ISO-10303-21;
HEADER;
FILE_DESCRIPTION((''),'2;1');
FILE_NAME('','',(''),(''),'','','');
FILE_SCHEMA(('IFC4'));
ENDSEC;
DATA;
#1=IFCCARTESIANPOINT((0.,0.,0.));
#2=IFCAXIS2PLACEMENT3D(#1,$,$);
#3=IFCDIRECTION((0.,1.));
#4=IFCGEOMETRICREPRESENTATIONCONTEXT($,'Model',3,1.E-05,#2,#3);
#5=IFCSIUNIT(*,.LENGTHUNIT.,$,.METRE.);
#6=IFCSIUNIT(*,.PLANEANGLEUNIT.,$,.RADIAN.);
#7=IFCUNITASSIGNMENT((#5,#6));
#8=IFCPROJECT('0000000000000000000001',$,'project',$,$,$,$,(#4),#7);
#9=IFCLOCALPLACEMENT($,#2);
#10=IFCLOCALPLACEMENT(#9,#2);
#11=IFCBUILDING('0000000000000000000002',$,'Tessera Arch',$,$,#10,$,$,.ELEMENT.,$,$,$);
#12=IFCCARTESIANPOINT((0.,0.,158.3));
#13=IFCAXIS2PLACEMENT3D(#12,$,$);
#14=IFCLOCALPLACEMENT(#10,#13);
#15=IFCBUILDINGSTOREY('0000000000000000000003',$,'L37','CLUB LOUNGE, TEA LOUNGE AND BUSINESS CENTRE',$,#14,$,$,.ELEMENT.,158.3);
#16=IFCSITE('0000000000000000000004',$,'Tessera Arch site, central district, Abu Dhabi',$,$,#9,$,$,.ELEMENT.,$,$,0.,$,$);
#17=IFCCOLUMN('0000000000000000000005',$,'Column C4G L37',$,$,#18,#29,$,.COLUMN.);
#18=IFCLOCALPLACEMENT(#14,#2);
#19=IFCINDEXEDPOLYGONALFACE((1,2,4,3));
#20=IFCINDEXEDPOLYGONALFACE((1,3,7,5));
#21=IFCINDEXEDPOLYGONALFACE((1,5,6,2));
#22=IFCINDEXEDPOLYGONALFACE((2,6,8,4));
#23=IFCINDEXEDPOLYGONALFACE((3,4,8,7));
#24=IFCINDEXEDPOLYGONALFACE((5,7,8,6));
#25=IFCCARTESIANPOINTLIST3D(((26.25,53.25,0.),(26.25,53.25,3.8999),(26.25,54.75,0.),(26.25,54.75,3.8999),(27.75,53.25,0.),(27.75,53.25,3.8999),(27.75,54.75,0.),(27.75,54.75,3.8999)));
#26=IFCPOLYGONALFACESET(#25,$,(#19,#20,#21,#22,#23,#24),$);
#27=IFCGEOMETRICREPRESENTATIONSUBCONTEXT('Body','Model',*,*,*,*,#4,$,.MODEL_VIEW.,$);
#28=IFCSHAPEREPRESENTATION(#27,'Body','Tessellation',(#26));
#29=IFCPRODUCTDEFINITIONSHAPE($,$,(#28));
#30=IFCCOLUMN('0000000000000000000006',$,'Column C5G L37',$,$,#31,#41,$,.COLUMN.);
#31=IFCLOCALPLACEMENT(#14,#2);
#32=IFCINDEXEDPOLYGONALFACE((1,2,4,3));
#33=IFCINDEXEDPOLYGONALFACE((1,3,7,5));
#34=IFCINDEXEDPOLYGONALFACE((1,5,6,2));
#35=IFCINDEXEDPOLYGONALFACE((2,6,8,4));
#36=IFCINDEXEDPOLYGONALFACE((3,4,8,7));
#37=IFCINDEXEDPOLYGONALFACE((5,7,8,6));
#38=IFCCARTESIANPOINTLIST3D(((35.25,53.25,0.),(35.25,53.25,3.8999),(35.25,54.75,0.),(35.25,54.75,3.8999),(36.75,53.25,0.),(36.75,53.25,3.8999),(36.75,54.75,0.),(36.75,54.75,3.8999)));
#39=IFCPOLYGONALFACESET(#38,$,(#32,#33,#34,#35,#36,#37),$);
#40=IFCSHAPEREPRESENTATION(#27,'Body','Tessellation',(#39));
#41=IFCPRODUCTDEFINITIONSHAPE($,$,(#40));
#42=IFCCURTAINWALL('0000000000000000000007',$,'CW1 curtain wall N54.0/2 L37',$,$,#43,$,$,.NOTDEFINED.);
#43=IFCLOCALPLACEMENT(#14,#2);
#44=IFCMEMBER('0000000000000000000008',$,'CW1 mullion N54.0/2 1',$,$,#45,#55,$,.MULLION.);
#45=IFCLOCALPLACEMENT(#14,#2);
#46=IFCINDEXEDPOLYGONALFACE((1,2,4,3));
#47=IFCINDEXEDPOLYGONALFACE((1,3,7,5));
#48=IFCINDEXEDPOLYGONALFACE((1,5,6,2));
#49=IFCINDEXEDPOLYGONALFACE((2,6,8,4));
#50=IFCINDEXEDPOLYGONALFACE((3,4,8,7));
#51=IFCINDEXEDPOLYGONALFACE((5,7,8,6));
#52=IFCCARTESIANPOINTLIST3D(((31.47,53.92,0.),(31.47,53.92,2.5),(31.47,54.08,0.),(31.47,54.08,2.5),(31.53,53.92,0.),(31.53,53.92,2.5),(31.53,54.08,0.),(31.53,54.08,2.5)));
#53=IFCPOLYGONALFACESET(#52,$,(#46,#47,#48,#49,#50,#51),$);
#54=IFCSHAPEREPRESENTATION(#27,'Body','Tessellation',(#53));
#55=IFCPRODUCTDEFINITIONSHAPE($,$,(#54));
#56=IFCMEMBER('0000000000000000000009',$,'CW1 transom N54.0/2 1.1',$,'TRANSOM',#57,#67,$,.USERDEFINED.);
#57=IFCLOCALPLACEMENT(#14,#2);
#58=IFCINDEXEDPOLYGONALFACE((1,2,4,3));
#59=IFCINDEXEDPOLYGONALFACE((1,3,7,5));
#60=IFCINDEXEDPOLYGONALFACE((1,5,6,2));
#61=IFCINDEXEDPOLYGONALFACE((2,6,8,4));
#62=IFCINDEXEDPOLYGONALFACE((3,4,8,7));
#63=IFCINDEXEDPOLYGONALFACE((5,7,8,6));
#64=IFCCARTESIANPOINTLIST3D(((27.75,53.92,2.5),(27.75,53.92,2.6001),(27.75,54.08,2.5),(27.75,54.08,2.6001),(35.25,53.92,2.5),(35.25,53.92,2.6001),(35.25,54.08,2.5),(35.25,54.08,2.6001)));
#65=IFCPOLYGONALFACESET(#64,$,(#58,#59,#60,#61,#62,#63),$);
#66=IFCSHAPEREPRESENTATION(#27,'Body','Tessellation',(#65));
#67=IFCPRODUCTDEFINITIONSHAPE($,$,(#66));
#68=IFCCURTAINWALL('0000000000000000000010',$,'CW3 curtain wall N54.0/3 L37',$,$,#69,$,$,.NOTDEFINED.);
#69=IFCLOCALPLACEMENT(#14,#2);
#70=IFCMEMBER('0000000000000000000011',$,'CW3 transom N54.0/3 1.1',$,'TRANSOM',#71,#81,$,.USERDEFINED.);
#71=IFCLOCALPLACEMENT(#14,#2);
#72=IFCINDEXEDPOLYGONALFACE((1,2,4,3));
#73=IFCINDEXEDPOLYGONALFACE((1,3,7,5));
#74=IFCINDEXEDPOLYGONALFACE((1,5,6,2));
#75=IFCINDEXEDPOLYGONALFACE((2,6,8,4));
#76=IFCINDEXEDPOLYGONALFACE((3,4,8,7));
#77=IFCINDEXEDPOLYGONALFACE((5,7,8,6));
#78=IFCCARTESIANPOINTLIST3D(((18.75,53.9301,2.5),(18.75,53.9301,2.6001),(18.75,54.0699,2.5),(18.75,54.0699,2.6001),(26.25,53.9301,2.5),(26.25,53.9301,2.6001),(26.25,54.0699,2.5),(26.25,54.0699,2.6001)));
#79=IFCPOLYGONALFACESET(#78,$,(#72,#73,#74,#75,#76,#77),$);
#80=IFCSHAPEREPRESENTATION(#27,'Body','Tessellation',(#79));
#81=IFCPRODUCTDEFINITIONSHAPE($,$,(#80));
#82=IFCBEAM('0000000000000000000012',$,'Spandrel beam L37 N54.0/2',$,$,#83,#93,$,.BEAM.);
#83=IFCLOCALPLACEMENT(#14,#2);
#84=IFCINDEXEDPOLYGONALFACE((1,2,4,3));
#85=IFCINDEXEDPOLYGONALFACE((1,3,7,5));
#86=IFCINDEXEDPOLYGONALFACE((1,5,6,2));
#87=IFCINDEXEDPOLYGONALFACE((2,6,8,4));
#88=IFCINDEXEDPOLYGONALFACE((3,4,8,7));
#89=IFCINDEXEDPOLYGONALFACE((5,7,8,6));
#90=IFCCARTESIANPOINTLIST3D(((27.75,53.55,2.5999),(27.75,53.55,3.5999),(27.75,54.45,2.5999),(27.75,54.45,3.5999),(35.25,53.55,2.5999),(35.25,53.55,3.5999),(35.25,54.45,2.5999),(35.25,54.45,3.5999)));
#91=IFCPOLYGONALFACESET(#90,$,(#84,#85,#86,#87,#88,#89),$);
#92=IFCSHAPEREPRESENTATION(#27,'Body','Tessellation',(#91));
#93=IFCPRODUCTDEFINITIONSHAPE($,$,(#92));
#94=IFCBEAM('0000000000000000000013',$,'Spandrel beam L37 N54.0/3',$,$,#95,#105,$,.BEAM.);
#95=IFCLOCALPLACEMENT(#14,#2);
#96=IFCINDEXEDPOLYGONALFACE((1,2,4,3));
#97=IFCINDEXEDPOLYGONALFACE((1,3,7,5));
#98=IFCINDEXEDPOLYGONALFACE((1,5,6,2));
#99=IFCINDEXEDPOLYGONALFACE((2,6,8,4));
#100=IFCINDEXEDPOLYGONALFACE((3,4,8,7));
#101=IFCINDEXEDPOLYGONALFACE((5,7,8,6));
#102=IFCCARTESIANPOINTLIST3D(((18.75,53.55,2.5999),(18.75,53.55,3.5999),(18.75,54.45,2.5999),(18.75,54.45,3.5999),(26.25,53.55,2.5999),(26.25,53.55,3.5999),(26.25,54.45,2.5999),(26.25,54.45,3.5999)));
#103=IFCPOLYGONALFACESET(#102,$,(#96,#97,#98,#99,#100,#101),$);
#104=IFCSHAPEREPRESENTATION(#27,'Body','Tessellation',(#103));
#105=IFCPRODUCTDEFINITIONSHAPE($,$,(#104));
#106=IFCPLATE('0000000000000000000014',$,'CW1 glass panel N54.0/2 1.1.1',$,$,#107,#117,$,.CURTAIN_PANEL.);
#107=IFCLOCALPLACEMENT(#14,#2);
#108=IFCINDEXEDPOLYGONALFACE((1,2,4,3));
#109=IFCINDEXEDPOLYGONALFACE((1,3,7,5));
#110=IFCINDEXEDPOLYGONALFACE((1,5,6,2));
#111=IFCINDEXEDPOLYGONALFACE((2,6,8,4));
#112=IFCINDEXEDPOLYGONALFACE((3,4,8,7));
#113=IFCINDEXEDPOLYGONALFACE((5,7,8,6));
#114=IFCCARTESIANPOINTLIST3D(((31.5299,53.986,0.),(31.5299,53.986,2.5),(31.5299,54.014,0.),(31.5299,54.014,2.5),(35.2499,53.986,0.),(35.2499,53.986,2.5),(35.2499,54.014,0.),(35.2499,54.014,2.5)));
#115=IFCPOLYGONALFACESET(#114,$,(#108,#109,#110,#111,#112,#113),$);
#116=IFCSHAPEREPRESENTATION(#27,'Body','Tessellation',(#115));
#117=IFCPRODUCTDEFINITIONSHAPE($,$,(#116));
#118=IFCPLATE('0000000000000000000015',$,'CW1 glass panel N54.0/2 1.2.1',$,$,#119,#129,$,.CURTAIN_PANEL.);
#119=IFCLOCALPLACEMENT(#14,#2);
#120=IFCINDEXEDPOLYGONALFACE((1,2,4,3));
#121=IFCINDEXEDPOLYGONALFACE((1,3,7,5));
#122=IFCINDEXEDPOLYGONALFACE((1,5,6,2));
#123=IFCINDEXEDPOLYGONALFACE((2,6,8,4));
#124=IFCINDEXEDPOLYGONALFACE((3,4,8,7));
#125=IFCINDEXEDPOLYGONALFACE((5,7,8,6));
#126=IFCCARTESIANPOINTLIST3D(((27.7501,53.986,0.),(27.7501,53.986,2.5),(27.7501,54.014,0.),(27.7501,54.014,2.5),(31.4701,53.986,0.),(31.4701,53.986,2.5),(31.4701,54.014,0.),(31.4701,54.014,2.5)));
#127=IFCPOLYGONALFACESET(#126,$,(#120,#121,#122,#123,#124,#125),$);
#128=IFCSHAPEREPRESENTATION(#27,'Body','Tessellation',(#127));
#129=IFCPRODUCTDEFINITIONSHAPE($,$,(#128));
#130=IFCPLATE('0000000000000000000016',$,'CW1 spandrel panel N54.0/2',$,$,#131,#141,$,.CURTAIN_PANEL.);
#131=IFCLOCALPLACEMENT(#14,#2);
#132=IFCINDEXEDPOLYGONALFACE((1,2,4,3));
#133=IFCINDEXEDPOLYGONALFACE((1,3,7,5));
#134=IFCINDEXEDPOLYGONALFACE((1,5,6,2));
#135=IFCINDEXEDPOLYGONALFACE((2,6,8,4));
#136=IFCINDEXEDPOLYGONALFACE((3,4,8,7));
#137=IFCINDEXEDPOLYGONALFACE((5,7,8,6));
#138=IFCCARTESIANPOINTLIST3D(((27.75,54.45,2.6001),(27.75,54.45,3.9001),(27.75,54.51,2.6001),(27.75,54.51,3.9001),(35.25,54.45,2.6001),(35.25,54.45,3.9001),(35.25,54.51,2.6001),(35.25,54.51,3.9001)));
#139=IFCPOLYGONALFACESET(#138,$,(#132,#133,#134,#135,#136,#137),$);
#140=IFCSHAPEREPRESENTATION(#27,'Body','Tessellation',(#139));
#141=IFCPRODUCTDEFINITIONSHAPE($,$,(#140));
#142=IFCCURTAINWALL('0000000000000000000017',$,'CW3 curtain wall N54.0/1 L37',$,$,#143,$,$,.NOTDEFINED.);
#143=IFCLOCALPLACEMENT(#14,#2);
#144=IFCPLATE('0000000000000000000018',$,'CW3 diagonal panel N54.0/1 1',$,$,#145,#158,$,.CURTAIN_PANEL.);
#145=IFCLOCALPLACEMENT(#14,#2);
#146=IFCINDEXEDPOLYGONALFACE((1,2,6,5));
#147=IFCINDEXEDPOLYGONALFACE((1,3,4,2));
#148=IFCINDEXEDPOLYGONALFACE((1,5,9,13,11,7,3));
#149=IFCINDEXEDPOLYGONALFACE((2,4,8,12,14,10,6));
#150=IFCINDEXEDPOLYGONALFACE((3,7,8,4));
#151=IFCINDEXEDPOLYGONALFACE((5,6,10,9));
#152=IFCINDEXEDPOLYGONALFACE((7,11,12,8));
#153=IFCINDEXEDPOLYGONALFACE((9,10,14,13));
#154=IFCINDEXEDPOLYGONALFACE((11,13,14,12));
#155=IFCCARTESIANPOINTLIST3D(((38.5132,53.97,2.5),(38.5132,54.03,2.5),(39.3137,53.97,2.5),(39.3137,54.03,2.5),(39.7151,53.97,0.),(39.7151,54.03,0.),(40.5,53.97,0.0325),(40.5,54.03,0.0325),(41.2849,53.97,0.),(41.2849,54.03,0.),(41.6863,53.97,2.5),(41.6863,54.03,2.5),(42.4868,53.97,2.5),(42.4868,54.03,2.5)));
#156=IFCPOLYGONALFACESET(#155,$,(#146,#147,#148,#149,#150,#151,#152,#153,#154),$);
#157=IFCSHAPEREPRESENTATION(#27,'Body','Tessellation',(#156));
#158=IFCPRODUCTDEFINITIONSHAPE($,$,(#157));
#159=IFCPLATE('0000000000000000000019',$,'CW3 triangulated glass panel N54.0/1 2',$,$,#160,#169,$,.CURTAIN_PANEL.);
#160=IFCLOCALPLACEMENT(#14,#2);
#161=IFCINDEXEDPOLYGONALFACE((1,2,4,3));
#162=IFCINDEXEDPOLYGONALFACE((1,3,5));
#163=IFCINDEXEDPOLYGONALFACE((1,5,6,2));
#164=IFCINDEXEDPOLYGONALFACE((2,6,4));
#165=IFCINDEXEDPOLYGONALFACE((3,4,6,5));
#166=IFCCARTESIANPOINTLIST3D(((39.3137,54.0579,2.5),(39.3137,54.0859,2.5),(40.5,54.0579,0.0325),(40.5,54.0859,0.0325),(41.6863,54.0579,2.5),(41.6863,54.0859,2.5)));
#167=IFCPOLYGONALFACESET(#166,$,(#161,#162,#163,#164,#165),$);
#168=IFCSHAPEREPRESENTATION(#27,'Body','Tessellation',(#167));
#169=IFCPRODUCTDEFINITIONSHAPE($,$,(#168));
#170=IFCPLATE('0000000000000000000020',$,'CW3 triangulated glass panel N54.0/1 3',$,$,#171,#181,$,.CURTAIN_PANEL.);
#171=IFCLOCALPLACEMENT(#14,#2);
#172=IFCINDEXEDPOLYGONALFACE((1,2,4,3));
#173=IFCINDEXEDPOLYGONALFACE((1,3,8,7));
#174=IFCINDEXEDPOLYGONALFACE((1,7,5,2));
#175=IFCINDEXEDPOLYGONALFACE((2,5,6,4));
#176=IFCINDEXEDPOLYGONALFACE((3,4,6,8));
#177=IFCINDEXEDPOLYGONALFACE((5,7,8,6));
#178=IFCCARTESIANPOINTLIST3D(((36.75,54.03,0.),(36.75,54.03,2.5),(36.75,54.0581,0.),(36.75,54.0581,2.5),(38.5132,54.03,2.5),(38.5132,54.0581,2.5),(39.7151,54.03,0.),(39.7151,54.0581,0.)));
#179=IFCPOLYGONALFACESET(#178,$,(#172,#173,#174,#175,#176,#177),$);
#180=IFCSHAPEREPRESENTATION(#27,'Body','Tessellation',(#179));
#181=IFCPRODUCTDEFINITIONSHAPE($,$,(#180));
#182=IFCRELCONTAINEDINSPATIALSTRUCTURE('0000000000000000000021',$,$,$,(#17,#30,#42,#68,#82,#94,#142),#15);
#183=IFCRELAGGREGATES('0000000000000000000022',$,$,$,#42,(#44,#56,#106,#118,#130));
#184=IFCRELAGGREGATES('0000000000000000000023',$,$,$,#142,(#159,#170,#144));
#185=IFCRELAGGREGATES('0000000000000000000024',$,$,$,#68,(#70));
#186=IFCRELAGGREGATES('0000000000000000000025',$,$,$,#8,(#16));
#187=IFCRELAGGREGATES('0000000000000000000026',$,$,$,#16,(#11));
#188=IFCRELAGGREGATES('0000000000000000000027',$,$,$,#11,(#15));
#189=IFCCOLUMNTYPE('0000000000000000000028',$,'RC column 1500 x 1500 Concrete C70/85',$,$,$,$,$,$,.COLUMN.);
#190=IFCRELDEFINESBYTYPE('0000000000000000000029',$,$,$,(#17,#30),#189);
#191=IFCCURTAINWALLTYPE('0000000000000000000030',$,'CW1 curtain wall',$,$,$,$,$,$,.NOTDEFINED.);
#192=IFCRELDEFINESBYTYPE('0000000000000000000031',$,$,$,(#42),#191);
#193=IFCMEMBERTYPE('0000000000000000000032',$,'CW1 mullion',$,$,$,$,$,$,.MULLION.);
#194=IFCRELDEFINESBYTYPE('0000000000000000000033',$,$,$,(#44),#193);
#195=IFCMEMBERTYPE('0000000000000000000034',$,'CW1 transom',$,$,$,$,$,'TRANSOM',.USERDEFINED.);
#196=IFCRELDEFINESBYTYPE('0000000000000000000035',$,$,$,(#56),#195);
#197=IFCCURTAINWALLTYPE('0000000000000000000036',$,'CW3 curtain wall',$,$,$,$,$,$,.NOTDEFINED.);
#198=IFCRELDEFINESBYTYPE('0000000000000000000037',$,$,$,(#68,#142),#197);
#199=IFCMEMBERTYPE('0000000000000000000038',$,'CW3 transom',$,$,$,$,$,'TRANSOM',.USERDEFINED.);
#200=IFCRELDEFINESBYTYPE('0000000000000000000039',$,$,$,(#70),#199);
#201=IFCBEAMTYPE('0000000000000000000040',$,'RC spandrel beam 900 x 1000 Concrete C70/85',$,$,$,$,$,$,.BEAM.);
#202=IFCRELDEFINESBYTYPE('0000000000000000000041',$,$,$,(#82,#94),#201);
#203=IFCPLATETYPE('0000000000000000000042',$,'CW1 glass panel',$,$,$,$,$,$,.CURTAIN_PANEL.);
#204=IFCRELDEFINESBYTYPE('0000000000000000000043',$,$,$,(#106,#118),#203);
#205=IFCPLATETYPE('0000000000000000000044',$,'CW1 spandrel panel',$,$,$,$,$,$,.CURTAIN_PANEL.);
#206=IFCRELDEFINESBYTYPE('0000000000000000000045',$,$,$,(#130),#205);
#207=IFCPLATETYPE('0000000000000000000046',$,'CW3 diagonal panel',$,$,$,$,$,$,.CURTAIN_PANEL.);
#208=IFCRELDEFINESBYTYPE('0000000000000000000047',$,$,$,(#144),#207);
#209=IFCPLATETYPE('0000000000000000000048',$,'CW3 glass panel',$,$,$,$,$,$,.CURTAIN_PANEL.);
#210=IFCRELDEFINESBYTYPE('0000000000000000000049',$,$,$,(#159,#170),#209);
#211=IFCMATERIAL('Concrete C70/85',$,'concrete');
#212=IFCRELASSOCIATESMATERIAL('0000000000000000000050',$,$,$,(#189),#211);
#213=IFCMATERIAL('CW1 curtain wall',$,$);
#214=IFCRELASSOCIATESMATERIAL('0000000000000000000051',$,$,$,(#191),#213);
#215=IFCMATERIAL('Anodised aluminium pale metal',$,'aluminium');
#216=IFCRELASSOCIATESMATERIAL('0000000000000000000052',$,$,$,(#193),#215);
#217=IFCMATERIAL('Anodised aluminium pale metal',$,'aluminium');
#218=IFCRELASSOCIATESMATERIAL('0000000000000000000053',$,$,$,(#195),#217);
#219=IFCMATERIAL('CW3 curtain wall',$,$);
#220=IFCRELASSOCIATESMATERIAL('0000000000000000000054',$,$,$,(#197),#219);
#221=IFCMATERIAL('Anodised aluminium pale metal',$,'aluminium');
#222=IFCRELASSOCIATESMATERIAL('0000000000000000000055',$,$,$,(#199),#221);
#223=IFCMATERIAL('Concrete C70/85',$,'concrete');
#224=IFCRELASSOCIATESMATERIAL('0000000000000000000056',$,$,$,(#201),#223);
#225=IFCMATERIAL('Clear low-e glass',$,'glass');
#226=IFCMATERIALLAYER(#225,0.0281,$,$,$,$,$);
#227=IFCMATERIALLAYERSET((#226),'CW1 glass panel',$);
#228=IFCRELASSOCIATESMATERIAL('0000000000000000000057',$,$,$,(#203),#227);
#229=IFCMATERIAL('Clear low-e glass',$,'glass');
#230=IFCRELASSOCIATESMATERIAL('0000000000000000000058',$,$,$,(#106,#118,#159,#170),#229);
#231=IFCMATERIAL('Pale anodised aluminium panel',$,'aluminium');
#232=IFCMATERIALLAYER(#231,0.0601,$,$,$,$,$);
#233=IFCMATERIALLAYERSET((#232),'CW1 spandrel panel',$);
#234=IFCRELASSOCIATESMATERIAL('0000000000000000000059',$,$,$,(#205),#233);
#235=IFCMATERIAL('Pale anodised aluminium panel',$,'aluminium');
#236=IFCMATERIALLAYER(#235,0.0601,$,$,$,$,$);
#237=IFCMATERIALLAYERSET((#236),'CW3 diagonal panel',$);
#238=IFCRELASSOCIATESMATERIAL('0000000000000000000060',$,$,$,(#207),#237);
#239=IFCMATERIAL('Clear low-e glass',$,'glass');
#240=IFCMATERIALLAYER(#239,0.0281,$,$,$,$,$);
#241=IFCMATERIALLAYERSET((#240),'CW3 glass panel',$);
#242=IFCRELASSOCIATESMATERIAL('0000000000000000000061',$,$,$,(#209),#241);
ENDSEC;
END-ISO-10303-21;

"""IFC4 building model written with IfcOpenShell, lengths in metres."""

from ifc_helpers import new_model, si_unit, direction, frame, origin, origin_2d, place, context, subcontext, project, spatial, polyline, rectangle, outline, extrude, material, layer, layer_set, material_profile, profile_set, type_object, element, aggregate, save


model = new_model("IFC4")

# Units and contexts
model_context = context("Model", 3, precision=1e-05, world=origin(), true_north=direction((0.0, 1.0)))
body_context = subcontext(model_context, "Body", "Model", "MODEL_VIEW")
ifc_project = project(units=[si_unit("LENGTHUNIT", "METRE"), si_unit("PLANEANGLEUNIT", "RADIAN")], contexts=[model_context])

# Site, building, storey
site_placement = place(None, origin())
site = spatial("IfcSite", under=ifc_project, at=site_placement, Name="Tessera Arch site, central district, Abu Dhabi", CompositionType="ELEMENT", RefElevation=0.0)
building_placement = place(site_placement, origin())
building = spatial("IfcBuilding", under=site, at=building_placement, Name="Tessera Arch", CompositionType="ELEMENT")
storey_placement = place(building_placement, frame((0.0, 0.0, 158.3)))
storey = spatial("IfcBuildingStorey", under=building, at=storey_placement, Name="L37", Description="CLUB LOUNGE, TEA LOUNGE AND BUSINESS CENTRE", CompositionType="ELEMENT", Elevation=158.3)

# Columns
ifc_material_1 = material(Name="Concrete C70/85", Category="concrete")
ifc_material_profile_1 = material_profile(ifc_material_1, rectangle(XDim=1.5, YDim=1.5, at=origin_2d()), Name="RC column 1500 x 1500 Concrete C70/85")
ifc_profile_set_1 = profile_set([ifc_material_profile_1], Name="Concrete C70/85")
column_type = type_object("IfcColumnType", Name="RC column 1500 x 1500 Concrete C70/85", PredefinedType="COLUMN", material=ifc_profile_set_1)
for number, where, z_axis, x_axis, name in (
    (1, (27.0, 54.0, 0.0), (0.0, 0.0, 1.0), (1.0, 0.0, 0.0), "Column C4G L37"),
    (2, (36.0, 54.0, 0.0), (0.0, 0.0, 1.0), (1.0, 0.0, 0.0), "Column C5G L37"),
):
    element("IfcColumn", number, at=place(storey_placement, frame(where, z_axis=z_axis, x_axis=x_axis)), inside=storey, type_object=column_type, Name=name, PredefinedType="COLUMN", context=body_context, shape_type="SweptSolid", body=[
        extrude(rectangle(XDim=1.5, YDim=1.5, at=origin_2d()), origin(), (0.0, 0.0, 1.0), 3.8999),
    ])

# Curtain wall, members
ifc_material_2 = material(Name="CW1 curtain wall")
curtain_wall_type_1 = type_object("IfcCurtainWallType", Name="CW1 curtain wall", PredefinedType="NOTDEFINED", material=ifc_material_2)
curtain_wall_1_placement = place(storey_placement, origin())
curtain_wall_1 = element("IfcCurtainWall", 3, at=curtain_wall_1_placement, inside=storey, type_object=curtain_wall_type_1, Name="CW1 curtain wall N54.0/2 L37", PredefinedType="NOTDEFINED")
ifc_material_3 = material(Name="Anodised aluminium pale metal", Category="aluminium")
ifc_material_profile_2 = material_profile(ifc_material_3, rectangle(XDim=0.1599, YDim=0.0601, at=origin_2d()), Name="AL 60x160")
ifc_profile_set_2 = profile_set([ifc_material_profile_2], Name="Anodised aluminium pale metal")
member_type_1 = type_object("IfcMemberType", Name="CW1 mullion", PredefinedType="MULLION", material=ifc_profile_set_2)
member_1_placement = place(storey_placement, frame((31.5, 54.0, 0.0), z_axis=(0.0, 0.0, 1.0), x_axis=(0.0, -1.0, 0.0)))
member_1 = element("IfcMember", 4, at=member_1_placement, type_object=member_type_1, Name="CW1 mullion N54.0/2 1", PredefinedType="MULLION", context=body_context, shape_type="SweptSolid", body=[
    extrude(rectangle(XDim=0.1599, YDim=0.0601, at=origin_2d()), origin(), (0.0, 0.0, 1.0), 2.5),
])
ifc_material_4 = material(Name="Anodised aluminium pale metal", Category="aluminium")
ifc_material_profile_3 = material_profile(ifc_material_4, rectangle(XDim=0.1599, YDim=0.1001, at=origin_2d()), Name="AL 160x100")
ifc_profile_set_3 = profile_set([ifc_material_profile_3], Name="Anodised aluminium pale metal")
member_type_2 = type_object("IfcMemberType", Name="CW1 transom", ElementType="TRANSOM", PredefinedType="USERDEFINED", material=ifc_profile_set_3)
member_2_placement = place(storey_placement, frame((35.25, 54.0, 2.55), z_axis=(-1.0, 0.0, 0.0), x_axis=(0.0, -1.0, 0.0)))
member_2 = element("IfcMember", 5, at=member_2_placement, type_object=member_type_2, Name="CW1 transom N54.0/2 1.1", ObjectType="TRANSOM", PredefinedType="USERDEFINED", context=body_context, shape_type="SweptSolid", body=[
    extrude(rectangle(XDim=0.1599, YDim=0.1001, at=origin_2d()), origin(), (0.0, 0.0, 1.0), 7.5),
])

# Curtain wall, member
ifc_material_5 = material(Name="CW3 curtain wall")
curtain_wall_type_2 = type_object("IfcCurtainWallType", Name="CW3 curtain wall", PredefinedType="NOTDEFINED", material=ifc_material_5)
curtain_wall_2_placement = place(storey_placement, origin())
curtain_wall_2 = element("IfcCurtainWall", 6, at=curtain_wall_2_placement, inside=storey, type_object=curtain_wall_type_2, Name="CW3 curtain wall N54.0/3 L37", PredefinedType="NOTDEFINED")
ifc_material_6 = material(Name="Anodised aluminium pale metal", Category="aluminium")
ifc_material_profile_4 = material_profile(ifc_material_6, rectangle(XDim=0.1399, YDim=0.1001, at=origin_2d()), Name="AL 140x100")
ifc_profile_set_4 = profile_set([ifc_material_profile_4], Name="Anodised aluminium pale metal")
member_type_3 = type_object("IfcMemberType", Name="CW3 transom", ElementType="TRANSOM", PredefinedType="USERDEFINED", material=ifc_profile_set_4)
member_3_placement = place(storey_placement, frame((26.25, 54.0, 2.55), z_axis=(-1.0, 0.0, 0.0), x_axis=(0.0, -1.0, 0.0)))
member_3 = element("IfcMember", 7, at=member_3_placement, type_object=member_type_3, Name="CW3 transom N54.0/3 1.1", ObjectType="TRANSOM", PredefinedType="USERDEFINED", context=body_context, shape_type="SweptSolid", body=[
    extrude(rectangle(XDim=0.1399, YDim=0.1001, at=origin_2d()), origin(), (0.0, 0.0, 1.0), 7.5),
])

# Beams
ifc_material_7 = material(Name="Concrete C70/85", Category="concrete")
ifc_material_profile_5 = material_profile(ifc_material_7, rectangle(XDim=0.8999, YDim=1.0, at=origin_2d()), Name="RC spandrel beam 900 x 1000 Concrete C70/85")
ifc_profile_set_5 = profile_set([ifc_material_profile_5], Name="Concrete C70/85")
beam_type = type_object("IfcBeamType", Name="RC spandrel beam 900 x 1000 Concrete C70/85", PredefinedType="BEAM", material=ifc_profile_set_5)
for number, where, z_axis, x_axis, name in (
    (8, (35.25, 54.0, 3.0999), (-1.0, 0.0, 0.0), (0.0, -1.0, 0.0), "Spandrel beam L37 N54.0/2"),
    (9, (26.25, 54.0, 3.0999), (-1.0, 0.0, 0.0), (0.0, -1.0, 0.0), "Spandrel beam L37 N54.0/3"),
):
    element("IfcBeam", number, at=place(storey_placement, frame(where, z_axis=z_axis, x_axis=x_axis)), inside=storey, type_object=beam_type, Name=name, PredefinedType="BEAM", context=body_context, shape_type="SweptSolid", body=[
        extrude(rectangle(XDim=0.8999, YDim=1.0, at=origin_2d()), origin(), (0.0, 0.0, 1.0), 7.5),
    ])

# Plates
ifc_material_8 = material(Name="Clear low-e glass", Category="glass")
ifc_material_9 = material(Name="Clear low-e glass", Category="glass")
ifc_layer_1 = layer(ifc_material_9, 0.0281)
ifc_layer_set_1 = layer_set([ifc_layer_1], Name="CW1 glass panel")
plate_type_1 = type_object("IfcPlateType", Name="CW1 glass panel", PredefinedType="CURTAIN_PANEL", material=ifc_layer_set_1)
plate_1_placement = place(storey_placement, frame((33.3899, 54.0, 0.0), z_axis=(0.0, 0.0, 1.0), x_axis=(-1.0, 0.0, 0.0)))
plate_1 = element("IfcPlate", 10, at=plate_1_placement, type_object=plate_type_1, material=ifc_material_8, Name="CW1 glass panel N54.0/2 1.1.1", PredefinedType="CURTAIN_PANEL", context=body_context, shape_type="SweptSolid", body=[
    extrude(rectangle(XDim=3.72, YDim=0.0281, at=origin_2d()), origin(), (0.0, 0.0, 1.0), 2.5),
])
plate_2_placement = place(storey_placement, frame((29.6101, 54.0, 0.0), z_axis=(0.0, 0.0, 1.0), x_axis=(-1.0, 0.0, 0.0)))
plate_2 = element("IfcPlate", 11, at=plate_2_placement, type_object=plate_type_1, material=ifc_material_8, Name="CW1 glass panel N54.0/2 1.2.1", PredefinedType="CURTAIN_PANEL", context=body_context, shape_type="SweptSolid", body=[
    extrude(rectangle(XDim=3.72, YDim=0.0281, at=origin_2d()), origin(), (0.0, 0.0, 1.0), 2.5),
])
ifc_material_10 = material(Name="Pale anodised aluminium panel", Category="aluminium")
ifc_layer_2 = layer(ifc_material_10, 0.0601)
ifc_layer_set_2 = layer_set([ifc_layer_2], Name="CW1 spandrel panel")
plate_type_2 = type_object("IfcPlateType", Name="CW1 spandrel panel", PredefinedType="CURTAIN_PANEL", material=ifc_layer_set_2)
plate_3_placement = place(storey_placement, frame((31.5, 54.48, 2.6001), z_axis=(0.0, 0.0, 1.0), x_axis=(-1.0, 0.0, 0.0)))
plate_3 = element("IfcPlate", 12, at=plate_3_placement, type_object=plate_type_2, Name="CW1 spandrel panel N54.0/2", PredefinedType="CURTAIN_PANEL", context=body_context, shape_type="SweptSolid", body=[
    extrude(rectangle(XDim=7.5, YDim=0.0601, at=origin_2d()), origin(), (0.0, 0.0, 1.0), 1.3),
])
aggregate(curtain_wall_1, [member_1, member_2, plate_1, plate_2, plate_3])

# Curtain wall, plates
curtain_wall_3_placement = place(storey_placement, origin())
curtain_wall_3 = element("IfcCurtainWall", 13, at=curtain_wall_3_placement, inside=storey, type_object=curtain_wall_type_2, Name="CW3 curtain wall N54.0/1 L37", PredefinedType="NOTDEFINED")
ifc_material_11 = material(Name="Pale anodised aluminium panel", Category="aluminium")
ifc_layer_3 = layer(ifc_material_11, 0.0601)
ifc_layer_set_3 = layer_set([ifc_layer_3], Name="CW3 diagonal panel")
plate_type_3 = type_object("IfcPlateType", Name="CW3 diagonal panel", PredefinedType="CURTAIN_PANEL", material=ifc_layer_set_3)
plate_4_placement = place(storey_placement, frame((38.5132, 54.03, 2.5), z_axis=(0.0, 1.0, 0.0), x_axis=(1.0, 0.0, 0.0)))
plate_4 = element("IfcPlate", 14, at=plate_4_placement, type_object=plate_type_3, Name="CW3 diagonal panel N54.0/1 1", PredefinedType="CURTAIN_PANEL", context=body_context, shape_type="SweptSolid", body=[
    extrude(outline(polyline([(0.0, 0.0), (0.8005, 0.0), (1.9868, 2.4675), (3.1731, 0.0), (3.9736, 0.0), (2.7717, 2.5), (1.2019, 2.5), (0.0, 0.0)])), origin(), (0.0, 0.0, -1.0), 0.0601),
])
ifc_material_12 = material(Name="Clear low-e glass", Category="glass")
ifc_layer_4 = layer(ifc_material_12, 0.0281)
ifc_layer_set_4 = layer_set([ifc_layer_4], Name="CW3 glass panel")
plate_type_4 = type_object("IfcPlateType", Name="CW3 glass panel", PredefinedType="CURTAIN_PANEL", material=ifc_layer_set_4)
plate_5_placement = place(storey_placement, frame((39.3137, 54.0859, 2.5), z_axis=(0.0, 1.0, 0.0), x_axis=(1.0, 0.0, 0.0)))
plate_5 = element("IfcPlate", 15, at=plate_5_placement, type_object=plate_type_4, material=ifc_material_8, Name="CW3 triangulated glass panel N54.0/1 2", PredefinedType="CURTAIN_PANEL", context=body_context, shape_type="SweptSolid", body=[
    extrude(outline(polyline([(0.0, 0.0), (2.3726, 0.0), (1.1863, 2.4675), (0.0, 0.0)])), origin(), (0.0, 0.0, -1.0), 0.0281),
])
plate_6_placement = place(storey_placement, frame((36.75, 54.0581, 2.5), z_axis=(0.0, 1.0, 0.0), x_axis=(1.0, 0.0, 0.0)))
plate_6 = element("IfcPlate", 16, at=plate_6_placement, type_object=plate_type_4, material=ifc_material_8, Name="CW3 triangulated glass panel N54.0/1 3", PredefinedType="CURTAIN_PANEL", context=body_context, shape_type="SweptSolid", body=[
    extrude(outline(polyline([(0.0, 0.0), (1.7632, 0.0), (2.9651, 2.5), (0.0, 2.5), (0.0, 0.0)])), origin(), (0.0, 0.0, -1.0), 0.0281),
])
aggregate(curtain_wall_3, [plate_5, plate_6, plate_4])

aggregate(curtain_wall_2, [member_3])

save(model, "model.ifc")
